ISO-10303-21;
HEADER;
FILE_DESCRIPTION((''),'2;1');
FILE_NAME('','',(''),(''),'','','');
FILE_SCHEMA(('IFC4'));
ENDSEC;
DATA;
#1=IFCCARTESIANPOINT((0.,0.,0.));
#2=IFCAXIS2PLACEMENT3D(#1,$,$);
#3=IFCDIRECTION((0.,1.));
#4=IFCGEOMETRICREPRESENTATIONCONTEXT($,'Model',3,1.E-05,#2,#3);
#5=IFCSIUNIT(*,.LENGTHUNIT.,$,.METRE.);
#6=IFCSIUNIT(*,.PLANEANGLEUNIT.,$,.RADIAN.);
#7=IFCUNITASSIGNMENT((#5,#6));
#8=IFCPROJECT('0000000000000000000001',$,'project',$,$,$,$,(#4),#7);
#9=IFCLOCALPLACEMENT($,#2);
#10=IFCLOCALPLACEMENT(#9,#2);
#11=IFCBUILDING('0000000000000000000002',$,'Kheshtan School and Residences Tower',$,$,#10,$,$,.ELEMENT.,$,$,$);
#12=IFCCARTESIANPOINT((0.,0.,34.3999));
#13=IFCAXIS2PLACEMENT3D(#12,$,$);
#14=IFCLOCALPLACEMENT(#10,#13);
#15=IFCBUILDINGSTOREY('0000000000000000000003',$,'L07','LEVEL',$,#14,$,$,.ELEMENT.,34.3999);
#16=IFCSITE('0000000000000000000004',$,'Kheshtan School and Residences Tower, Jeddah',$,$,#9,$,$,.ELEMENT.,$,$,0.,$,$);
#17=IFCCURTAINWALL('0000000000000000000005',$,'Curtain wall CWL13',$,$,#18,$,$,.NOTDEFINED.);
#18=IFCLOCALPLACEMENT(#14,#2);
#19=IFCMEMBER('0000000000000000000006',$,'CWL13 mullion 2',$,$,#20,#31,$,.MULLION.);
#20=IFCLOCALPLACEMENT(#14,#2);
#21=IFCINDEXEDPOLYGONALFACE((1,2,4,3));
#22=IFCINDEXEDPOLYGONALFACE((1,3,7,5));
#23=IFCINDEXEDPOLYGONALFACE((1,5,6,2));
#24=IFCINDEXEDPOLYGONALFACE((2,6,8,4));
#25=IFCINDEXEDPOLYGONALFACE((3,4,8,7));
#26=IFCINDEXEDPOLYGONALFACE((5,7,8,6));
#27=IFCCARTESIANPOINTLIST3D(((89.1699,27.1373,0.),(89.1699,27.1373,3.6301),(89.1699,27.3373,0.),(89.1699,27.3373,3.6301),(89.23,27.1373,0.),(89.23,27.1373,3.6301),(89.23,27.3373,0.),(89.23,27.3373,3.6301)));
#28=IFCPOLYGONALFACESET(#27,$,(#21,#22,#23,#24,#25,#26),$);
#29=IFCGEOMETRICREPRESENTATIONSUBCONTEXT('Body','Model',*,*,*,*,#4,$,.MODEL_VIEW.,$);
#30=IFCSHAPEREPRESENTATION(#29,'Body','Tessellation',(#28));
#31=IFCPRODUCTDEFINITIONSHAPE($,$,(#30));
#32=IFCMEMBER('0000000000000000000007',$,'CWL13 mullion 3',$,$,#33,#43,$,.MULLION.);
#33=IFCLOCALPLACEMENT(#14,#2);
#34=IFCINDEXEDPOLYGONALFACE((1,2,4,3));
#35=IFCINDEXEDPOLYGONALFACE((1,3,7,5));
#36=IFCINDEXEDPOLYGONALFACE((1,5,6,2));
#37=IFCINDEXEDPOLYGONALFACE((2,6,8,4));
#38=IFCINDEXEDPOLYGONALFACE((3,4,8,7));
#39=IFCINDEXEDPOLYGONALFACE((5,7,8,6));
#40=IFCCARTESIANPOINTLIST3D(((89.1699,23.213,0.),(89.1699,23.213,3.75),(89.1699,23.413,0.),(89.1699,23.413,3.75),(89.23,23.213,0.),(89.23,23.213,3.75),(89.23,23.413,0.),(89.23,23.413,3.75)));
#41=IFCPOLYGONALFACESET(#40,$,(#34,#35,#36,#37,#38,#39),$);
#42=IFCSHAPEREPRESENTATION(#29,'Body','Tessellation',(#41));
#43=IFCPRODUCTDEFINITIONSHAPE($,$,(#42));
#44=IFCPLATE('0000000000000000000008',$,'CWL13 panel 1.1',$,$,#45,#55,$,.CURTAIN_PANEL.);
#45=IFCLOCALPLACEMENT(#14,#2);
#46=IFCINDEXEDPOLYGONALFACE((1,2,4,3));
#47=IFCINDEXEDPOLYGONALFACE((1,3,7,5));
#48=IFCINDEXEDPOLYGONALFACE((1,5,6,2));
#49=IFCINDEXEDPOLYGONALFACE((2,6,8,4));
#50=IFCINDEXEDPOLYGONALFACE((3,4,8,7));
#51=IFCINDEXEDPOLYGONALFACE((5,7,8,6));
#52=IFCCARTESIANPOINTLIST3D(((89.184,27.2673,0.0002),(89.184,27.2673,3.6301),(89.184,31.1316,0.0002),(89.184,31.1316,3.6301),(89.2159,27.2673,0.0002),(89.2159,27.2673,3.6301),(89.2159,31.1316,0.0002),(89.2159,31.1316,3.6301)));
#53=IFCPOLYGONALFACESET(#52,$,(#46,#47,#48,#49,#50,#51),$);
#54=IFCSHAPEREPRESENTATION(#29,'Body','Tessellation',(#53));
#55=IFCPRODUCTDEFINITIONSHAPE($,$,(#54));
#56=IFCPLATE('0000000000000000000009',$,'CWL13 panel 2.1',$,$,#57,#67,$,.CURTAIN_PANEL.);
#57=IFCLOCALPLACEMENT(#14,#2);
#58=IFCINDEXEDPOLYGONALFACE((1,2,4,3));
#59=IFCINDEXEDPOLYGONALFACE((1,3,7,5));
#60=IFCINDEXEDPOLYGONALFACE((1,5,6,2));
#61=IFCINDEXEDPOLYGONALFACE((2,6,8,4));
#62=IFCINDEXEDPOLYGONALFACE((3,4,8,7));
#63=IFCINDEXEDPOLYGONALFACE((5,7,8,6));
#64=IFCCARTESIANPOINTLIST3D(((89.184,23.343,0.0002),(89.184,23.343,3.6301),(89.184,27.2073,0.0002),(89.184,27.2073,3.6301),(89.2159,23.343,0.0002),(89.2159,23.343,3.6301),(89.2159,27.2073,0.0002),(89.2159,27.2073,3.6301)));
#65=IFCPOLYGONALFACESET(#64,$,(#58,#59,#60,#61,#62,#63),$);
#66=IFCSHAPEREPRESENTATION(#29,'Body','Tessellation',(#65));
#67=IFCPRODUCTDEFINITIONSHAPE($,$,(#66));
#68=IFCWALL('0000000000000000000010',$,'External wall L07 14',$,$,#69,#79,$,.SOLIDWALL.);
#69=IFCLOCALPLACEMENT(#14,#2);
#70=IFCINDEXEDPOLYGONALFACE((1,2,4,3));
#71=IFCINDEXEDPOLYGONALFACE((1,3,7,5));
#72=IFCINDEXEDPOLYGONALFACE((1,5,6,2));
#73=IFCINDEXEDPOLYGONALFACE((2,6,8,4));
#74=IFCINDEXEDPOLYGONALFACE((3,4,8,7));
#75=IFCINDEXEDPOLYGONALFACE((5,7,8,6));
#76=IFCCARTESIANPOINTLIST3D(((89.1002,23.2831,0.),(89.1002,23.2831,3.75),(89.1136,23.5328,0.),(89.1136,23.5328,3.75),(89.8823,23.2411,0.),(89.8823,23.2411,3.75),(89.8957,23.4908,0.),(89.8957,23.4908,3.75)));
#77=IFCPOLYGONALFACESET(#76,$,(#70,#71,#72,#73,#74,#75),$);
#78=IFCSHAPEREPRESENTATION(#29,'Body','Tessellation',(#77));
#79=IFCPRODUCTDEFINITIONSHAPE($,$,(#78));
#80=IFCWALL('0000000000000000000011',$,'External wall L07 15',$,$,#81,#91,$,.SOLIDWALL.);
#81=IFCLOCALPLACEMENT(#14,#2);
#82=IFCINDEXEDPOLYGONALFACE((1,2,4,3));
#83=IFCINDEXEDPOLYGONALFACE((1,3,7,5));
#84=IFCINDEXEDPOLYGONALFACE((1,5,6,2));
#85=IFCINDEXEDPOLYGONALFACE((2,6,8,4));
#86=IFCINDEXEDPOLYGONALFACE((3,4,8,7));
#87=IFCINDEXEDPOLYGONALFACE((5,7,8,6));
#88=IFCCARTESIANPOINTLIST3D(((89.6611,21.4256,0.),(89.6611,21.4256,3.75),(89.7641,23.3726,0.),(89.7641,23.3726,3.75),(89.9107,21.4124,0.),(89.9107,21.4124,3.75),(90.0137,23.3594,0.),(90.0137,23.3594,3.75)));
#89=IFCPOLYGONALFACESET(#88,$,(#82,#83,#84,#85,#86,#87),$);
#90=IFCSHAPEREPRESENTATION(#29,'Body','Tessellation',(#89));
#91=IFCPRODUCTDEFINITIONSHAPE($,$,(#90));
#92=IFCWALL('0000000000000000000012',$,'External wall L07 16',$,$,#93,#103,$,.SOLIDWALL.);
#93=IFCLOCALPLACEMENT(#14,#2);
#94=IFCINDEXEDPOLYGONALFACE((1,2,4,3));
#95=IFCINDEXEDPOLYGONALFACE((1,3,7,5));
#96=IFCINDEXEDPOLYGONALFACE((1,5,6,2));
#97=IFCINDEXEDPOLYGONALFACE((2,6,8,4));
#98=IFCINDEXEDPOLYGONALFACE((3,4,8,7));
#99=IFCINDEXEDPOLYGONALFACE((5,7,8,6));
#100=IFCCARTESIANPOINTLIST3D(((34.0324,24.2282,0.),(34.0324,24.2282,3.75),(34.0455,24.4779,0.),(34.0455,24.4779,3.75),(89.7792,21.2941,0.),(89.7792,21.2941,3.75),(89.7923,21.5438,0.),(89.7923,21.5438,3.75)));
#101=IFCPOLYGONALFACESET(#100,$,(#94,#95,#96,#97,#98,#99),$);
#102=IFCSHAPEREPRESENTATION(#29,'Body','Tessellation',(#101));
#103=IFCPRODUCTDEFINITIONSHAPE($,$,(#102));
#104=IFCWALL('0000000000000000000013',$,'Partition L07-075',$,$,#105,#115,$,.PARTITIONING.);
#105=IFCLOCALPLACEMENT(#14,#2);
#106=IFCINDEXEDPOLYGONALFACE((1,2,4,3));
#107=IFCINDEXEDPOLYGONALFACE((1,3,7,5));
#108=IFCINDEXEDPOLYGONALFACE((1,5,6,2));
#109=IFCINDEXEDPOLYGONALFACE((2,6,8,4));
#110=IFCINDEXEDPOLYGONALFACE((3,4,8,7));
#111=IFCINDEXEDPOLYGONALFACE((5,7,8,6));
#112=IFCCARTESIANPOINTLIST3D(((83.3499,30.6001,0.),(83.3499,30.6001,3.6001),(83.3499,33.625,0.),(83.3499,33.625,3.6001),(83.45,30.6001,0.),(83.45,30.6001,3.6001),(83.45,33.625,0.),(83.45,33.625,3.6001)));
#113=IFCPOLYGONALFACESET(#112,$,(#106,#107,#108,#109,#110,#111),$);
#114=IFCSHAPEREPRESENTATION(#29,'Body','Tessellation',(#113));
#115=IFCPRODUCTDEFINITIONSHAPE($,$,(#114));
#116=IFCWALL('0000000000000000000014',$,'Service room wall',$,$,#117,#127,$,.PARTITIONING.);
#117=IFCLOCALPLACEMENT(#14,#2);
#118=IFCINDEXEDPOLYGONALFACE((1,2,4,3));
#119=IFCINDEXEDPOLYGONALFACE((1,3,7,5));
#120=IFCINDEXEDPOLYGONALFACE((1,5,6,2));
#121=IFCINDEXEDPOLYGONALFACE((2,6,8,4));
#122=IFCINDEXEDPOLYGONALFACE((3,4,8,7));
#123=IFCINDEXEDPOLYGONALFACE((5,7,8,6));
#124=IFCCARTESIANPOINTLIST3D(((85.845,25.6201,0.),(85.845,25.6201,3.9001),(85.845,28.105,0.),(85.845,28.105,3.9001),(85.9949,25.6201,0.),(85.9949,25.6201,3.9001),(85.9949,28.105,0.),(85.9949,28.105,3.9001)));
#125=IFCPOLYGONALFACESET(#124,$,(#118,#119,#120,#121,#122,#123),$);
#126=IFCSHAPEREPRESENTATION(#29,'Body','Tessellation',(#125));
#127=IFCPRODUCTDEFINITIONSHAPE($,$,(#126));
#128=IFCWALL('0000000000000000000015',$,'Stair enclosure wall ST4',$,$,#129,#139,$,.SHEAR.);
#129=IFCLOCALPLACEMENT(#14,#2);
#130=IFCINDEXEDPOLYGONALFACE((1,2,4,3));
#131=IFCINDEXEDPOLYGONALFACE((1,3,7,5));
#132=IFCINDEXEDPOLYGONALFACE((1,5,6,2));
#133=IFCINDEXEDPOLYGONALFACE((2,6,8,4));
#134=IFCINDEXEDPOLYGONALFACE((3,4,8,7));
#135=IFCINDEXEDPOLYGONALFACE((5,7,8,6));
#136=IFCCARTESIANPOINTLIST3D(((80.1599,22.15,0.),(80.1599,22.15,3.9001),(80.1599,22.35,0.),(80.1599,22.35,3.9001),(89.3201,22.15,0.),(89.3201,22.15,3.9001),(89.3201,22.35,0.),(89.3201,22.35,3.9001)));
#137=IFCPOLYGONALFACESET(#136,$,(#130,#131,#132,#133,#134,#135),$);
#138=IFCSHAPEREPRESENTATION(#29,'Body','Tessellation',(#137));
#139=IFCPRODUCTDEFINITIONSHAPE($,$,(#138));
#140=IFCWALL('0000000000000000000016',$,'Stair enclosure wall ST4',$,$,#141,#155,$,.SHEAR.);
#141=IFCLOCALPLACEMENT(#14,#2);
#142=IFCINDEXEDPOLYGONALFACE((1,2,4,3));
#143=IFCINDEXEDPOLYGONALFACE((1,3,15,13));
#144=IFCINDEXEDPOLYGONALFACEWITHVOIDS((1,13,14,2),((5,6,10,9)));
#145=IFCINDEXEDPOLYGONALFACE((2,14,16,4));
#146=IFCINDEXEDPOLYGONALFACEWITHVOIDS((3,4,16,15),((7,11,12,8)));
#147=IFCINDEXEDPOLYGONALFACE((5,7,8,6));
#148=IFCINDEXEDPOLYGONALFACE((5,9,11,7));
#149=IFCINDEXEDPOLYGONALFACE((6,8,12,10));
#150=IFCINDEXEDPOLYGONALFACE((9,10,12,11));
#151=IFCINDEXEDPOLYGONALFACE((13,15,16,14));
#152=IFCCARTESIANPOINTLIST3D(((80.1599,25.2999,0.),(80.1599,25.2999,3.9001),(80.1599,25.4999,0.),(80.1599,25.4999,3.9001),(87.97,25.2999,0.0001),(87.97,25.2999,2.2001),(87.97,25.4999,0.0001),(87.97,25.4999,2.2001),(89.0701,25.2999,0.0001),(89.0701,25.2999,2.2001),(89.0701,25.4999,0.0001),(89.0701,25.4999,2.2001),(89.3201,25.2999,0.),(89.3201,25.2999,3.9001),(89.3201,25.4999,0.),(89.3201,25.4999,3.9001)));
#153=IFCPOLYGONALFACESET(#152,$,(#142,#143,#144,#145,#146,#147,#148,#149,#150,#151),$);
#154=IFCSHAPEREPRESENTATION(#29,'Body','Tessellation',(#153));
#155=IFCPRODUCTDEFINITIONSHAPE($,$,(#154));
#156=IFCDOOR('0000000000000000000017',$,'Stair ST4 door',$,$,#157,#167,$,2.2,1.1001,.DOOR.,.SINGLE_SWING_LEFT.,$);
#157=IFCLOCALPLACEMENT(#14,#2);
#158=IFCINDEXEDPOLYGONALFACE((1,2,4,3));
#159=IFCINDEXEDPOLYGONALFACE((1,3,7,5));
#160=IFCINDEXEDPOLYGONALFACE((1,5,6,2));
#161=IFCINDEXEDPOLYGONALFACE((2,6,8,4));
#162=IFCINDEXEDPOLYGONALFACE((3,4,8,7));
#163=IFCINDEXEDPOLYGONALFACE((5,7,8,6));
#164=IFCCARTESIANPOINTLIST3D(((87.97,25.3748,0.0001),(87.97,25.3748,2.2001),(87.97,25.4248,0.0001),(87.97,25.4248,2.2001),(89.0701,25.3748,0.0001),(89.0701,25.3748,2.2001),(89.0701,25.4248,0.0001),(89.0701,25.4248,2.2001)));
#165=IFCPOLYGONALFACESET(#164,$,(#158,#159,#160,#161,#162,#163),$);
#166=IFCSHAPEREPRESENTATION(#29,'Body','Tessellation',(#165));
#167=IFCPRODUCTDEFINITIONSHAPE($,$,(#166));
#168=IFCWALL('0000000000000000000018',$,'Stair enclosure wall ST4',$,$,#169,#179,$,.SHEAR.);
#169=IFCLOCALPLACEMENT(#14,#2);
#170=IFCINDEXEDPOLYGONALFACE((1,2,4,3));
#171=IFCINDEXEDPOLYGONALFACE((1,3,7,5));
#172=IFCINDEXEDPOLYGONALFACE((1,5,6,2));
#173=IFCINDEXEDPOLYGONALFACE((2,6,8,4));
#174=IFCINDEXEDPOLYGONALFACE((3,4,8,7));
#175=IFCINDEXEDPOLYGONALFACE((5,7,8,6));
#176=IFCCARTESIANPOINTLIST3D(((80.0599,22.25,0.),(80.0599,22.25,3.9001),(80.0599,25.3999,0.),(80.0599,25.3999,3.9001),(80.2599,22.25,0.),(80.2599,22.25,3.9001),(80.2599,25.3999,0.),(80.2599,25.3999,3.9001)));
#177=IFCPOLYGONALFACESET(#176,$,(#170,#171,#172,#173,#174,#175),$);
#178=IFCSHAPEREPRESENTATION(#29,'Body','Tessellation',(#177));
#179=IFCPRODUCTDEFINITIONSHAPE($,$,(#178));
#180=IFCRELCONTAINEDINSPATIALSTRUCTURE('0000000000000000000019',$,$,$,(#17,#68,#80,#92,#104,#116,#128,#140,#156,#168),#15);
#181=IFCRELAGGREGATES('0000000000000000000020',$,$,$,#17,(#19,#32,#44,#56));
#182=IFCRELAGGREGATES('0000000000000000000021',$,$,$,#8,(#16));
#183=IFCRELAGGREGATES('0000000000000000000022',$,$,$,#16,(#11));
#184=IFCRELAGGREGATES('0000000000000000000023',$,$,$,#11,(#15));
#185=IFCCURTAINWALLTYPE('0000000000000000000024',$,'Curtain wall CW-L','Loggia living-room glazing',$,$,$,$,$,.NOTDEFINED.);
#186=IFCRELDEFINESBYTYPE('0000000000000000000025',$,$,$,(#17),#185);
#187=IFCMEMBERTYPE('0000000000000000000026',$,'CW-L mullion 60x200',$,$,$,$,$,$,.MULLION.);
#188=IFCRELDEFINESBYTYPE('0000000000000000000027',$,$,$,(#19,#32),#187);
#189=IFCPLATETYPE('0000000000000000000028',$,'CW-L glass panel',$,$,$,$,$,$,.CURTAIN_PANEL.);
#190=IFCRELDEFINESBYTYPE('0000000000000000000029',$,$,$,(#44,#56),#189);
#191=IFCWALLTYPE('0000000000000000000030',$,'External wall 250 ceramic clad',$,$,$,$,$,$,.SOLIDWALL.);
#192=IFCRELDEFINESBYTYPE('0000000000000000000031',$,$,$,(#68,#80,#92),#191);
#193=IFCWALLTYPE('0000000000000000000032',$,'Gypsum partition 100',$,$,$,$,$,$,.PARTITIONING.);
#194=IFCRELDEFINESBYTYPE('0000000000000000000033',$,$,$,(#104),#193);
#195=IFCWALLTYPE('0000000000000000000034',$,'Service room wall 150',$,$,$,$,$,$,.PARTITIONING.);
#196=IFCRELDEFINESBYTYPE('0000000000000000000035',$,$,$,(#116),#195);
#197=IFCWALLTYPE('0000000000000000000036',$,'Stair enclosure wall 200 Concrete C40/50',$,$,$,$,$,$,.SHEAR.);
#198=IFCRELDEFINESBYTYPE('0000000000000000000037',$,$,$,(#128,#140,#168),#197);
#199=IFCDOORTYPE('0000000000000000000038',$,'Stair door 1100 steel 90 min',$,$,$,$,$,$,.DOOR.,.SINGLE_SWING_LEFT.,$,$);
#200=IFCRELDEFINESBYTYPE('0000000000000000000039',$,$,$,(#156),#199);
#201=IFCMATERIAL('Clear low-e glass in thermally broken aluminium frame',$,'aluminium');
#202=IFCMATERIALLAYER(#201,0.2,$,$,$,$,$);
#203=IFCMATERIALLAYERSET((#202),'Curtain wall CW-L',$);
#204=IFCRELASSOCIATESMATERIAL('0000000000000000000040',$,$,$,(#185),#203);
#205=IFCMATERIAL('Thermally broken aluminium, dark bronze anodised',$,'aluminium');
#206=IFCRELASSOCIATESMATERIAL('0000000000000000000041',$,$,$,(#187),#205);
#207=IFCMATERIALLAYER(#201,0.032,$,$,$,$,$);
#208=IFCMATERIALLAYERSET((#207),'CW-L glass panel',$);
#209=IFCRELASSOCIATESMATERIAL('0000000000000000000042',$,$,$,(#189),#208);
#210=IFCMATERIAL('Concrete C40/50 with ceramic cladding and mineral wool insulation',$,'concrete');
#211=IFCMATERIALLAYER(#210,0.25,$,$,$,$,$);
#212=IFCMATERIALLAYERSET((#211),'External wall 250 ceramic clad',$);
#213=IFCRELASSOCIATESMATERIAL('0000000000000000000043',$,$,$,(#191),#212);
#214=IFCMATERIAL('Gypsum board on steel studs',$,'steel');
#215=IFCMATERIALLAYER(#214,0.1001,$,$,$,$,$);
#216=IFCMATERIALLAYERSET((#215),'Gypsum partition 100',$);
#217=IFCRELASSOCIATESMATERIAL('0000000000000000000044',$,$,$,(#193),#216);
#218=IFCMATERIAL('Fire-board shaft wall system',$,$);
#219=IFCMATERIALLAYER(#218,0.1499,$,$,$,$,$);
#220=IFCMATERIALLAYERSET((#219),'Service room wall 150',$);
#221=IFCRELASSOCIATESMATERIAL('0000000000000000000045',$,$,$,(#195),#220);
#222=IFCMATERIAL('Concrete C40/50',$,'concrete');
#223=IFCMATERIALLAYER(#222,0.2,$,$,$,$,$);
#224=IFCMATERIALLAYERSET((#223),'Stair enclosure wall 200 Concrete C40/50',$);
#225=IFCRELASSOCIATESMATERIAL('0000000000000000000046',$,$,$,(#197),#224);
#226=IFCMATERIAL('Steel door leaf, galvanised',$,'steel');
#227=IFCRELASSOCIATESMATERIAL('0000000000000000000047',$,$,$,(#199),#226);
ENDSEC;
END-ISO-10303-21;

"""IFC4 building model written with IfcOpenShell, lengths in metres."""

from ifc_helpers import new_model, si_unit, direction, frame, frame_2d, origin, origin_2d, place, context, subcontext, project, spatial, rectangle, extrude, source, transform, mapped, material, layer, layer_set, material_profile, profile_set, type_object, element, fill, aggregate, save


model = new_model("IFC4")

# Units and contexts
model_context = context("Model", 3, precision=1e-05, world=origin(), true_north=direction((0.0, 1.0)))
body_context = subcontext(model_context, "Body", "Model", "MODEL_VIEW")
ifc_project = project(units=[si_unit("LENGTHUNIT", "METRE"), si_unit("PLANEANGLEUNIT", "RADIAN")], contexts=[model_context])

# Site, building, storey
site_placement = place(None, origin())
site = spatial("IfcSite", under=ifc_project, at=site_placement, Name="Kheshtan School and Residences Tower, Jeddah", CompositionType="ELEMENT", RefElevation=0.0)
building_placement = place(site_placement, origin())
building = spatial("IfcBuilding", under=site, at=building_placement, Name="Kheshtan School and Residences Tower", CompositionType="ELEMENT")
storey_placement = place(building_placement, frame((0.0, 0.0, 34.3999)))
storey = spatial("IfcBuildingStorey", under=building, at=storey_placement, Name="L07", Description="LEVEL", CompositionType="ELEMENT", Elevation=34.3999)

# Curtain wall, members, plates
ifc_material_1 = material(Name="Clear low-e glass in thermally broken aluminium frame", Category="aluminium")
ifc_layer_1 = layer(ifc_material_1, 0.2)
ifc_layer_set_1 = layer_set([ifc_layer_1], Name="Curtain wall CW-L")
curtain_wall_type = type_object("IfcCurtainWallType", Name="Curtain wall CW-L", Description="Loggia living-room glazing", PredefinedType="NOTDEFINED", material=ifc_layer_set_1)
curtain_wall_placement = place(storey_placement, origin())
curtain_wall = element("IfcCurtainWall", 1, at=curtain_wall_placement, inside=storey, type_object=curtain_wall_type, Name="Curtain wall CWL13", PredefinedType="NOTDEFINED")
ifc_material_2 = material(Name="Thermally broken aluminium, dark bronze anodised", Category="aluminium")
ifc_material_profile_1 = material_profile(ifc_material_2, rectangle(XDim=0.0601, YDim=0.2, at=origin_2d()), Name="CW-L mullion 60x200")
ifc_profile_set_1 = profile_set([ifc_material_profile_1], Name="Thermally broken aluminium, dark bronze anodised")
member_type = type_object("IfcMemberType", Name="CW-L mullion 60x200", PredefinedType="MULLION", material=ifc_profile_set_1)
member_1_placement = place(storey_placement, frame((89.2, 27.2373, 0.0), z_axis=(0.0, 0.0, 1.0), x_axis=(1.0, 0.0, 0.0)))
member_1 = element("IfcMember", 2, at=member_1_placement, type_object=member_type, Name="CWL13 mullion 2", PredefinedType="MULLION", context=body_context, shape_type="SweptSolid", body=[
    extrude(rectangle(XDim=0.0601, YDim=0.2, at=origin_2d()), origin(), (0.0, 0.0, 1.0), 3.6301),
])
member_2_placement = place(storey_placement, frame((89.2, 23.313, 0.0), z_axis=(0.0, 0.0, 1.0), x_axis=(1.0, 0.0, 0.0)))
member_2 = element("IfcMember", 3, at=member_2_placement, type_object=member_type, Name="CWL13 mullion 3", PredefinedType="MULLION", context=body_context, shape_type="SweptSolid", body=[
    extrude(rectangle(XDim=0.0601, YDim=0.2, at=origin_2d()), origin(), (0.0, 0.0, 1.0), 3.75),
])
ifc_layer_2 = layer(ifc_material_1, 0.032)
ifc_layer_set_2 = layer_set([ifc_layer_2], Name="CW-L glass panel")
plate_type = type_object("IfcPlateType", Name="CW-L glass panel", PredefinedType="CURTAIN_PANEL", material=ifc_layer_set_2)
plate_1_placement = place(storey_placement, frame((89.2, 29.1995, 0.0002), z_axis=(0.0, 0.0, 1.0), x_axis=(0.0, -1.0, 0.0)))
plate_1 = element("IfcPlate", 4, at=plate_1_placement, type_object=plate_type, Name="CWL13 panel 1.1", PredefinedType="CURTAIN_PANEL", context=body_context, shape_type="SweptSolid", body=[
    extrude(rectangle(XDim=3.8643, YDim=0.032, at=origin_2d()), origin(), (0.0, 0.0, 1.0), 3.6299),
])
plate_2_placement = place(storey_placement, frame((89.2, 25.2751, 0.0002), z_axis=(0.0, 0.0, 1.0), x_axis=(0.0, -1.0, 0.0)))
plate_2 = element("IfcPlate", 5, at=plate_2_placement, type_object=plate_type, Name="CWL13 panel 2.1", PredefinedType="CURTAIN_PANEL", context=body_context, shape_type="SweptSolid", body=[
    extrude(rectangle(XDim=3.8643, YDim=0.032, at=origin_2d()), origin(), (0.0, 0.0, 1.0), 3.6299),
])
aggregate(curtain_wall, [member_1, member_2, plate_1, plate_2])

# Walls
ifc_material_3 = material(Name="Concrete C40/50 with ceramic cladding and mineral wool insulation", Category="concrete")
ifc_layer_3 = layer(ifc_material_3, 0.25)
ifc_layer_set_3 = layer_set([ifc_layer_3], Name="External wall 250 ceramic clad")
wall_type_1 = type_object("IfcWallType", Name="External wall 250 ceramic clad", PredefinedType="SOLIDWALL", material=ifc_layer_set_3)
wall_1_placement = place(storey_placement, frame((89.1069, 23.408, 0.0), z_axis=(0.0, 0.0, 1.0), x_axis=(0.998561, -0.053622, 0.0)))
element("IfcWall", 6, at=wall_1_placement, inside=storey, type_object=wall_type_1, Name="External wall L07 14", PredefinedType="SOLIDWALL", context=body_context, shape_type="SweptSolid", body=[
    extrude(rectangle(XDim=0.7832, YDim=0.25, at=frame_2d((0.3916, 0.0))), origin(), (0.0, 0.0, 1.0), 3.75),
])
wall_2_placement = place(storey_placement, frame((89.8889, 23.366, 0.0), z_axis=(0.0, 0.0, 1.0), x_axis=(-0.052841, -0.998603, 0.0)))
element("IfcWall", 7, at=wall_2_placement, inside=storey, type_object=wall_type_1, Name="External wall L07 15", PredefinedType="SOLIDWALL", context=body_context, shape_type="SweptSolid", body=[
    extrude(rectangle(XDim=1.9497, YDim=0.25, at=frame_2d((0.9749, 0.0))), origin(), (0.0, 0.0, 1.0), 3.75),
])
wall_3_placement = place(storey_placement, frame((89.7859, 21.4189, 0.0), z_axis=(0.0, 0.0, 1.0), x_axis=(-0.998618, 0.05256, 0.0)))
element("IfcWall", 8, at=wall_3_placement, inside=storey, type_object=wall_type_1, Name="External wall L07 16", PredefinedType="SOLIDWALL", context=body_context, shape_type="SweptSolid", body=[
    extrude(rectangle(XDim=55.824, YDim=0.25, at=frame_2d((27.9121, 0.0))), origin(), (0.0, 0.0, 1.0), 3.75),
])
ifc_material_4 = material(Name="Gypsum board on steel studs", Category="steel")
ifc_layer_4 = layer(ifc_material_4, 0.1001)
ifc_layer_set_4 = layer_set([ifc_layer_4], Name="Gypsum partition 100")
wall_type_2 = type_object("IfcWallType", Name="Gypsum partition 100", PredefinedType="PARTITIONING", material=ifc_layer_set_4)
wall_4_placement = place(storey_placement, frame((83.3999, 30.6001, 0.0), z_axis=(0.0, 0.0, 1.0), x_axis=(0.0, 1.0, 0.0)))
element("IfcWall", 9, at=wall_4_placement, inside=storey, type_object=wall_type_2, Name="Partition L07-075", PredefinedType="PARTITIONING", context=body_context, shape_type="SweptSolid", body=[
    extrude(rectangle(XDim=3.0249, YDim=0.1001, at=frame_2d((1.5125, 0.0))), origin(), (0.0, 0.0, 1.0), 3.6001),
])
ifc_material_5 = material(Name="Fire-board shaft wall system")
ifc_layer_5 = layer(ifc_material_5, 0.1499)
ifc_layer_set_5 = layer_set([ifc_layer_5], Name="Service room wall 150")
wall_type_3 = type_object("IfcWallType", Name="Service room wall 150", PredefinedType="PARTITIONING", material=ifc_layer_set_5)
wall_5_placement = place(storey_placement, frame((85.9199, 25.6201, 0.0), z_axis=(0.0, 0.0, 1.0), x_axis=(0.0, 1.0, 0.0)))
element("IfcWall", 10, at=wall_5_placement, inside=storey, type_object=wall_type_3, Name="Service room wall", PredefinedType="PARTITIONING", context=body_context, shape_type="SweptSolid", body=[
    extrude(rectangle(XDim=2.4849, YDim=0.1499, at=frame_2d((1.2424, 0.0))), origin(), (0.0, 0.0, 1.0), 3.9001),
])
ifc_material_6 = material(Name="Concrete C40/50", Category="concrete")
ifc_layer_6 = layer(ifc_material_6, 0.2)
ifc_layer_set_6 = layer_set([ifc_layer_6], Name="Stair enclosure wall 200 Concrete C40/50")
wall_type_4 = type_object("IfcWallType", Name="Stair enclosure wall 200 Concrete C40/50", PredefinedType="SHEAR", material=ifc_layer_set_6)
wall_6_placement = place(storey_placement, frame((80.1599, 22.25, 0.0), z_axis=(0.0, 0.0, 1.0), x_axis=(1.0, 0.0, 0.0)))
element("IfcWall", 11, at=wall_6_placement, inside=storey, type_object=wall_type_4, Name="Stair enclosure wall ST4", PredefinedType="SHEAR", context=body_context, shape_type="SweptSolid", body=[
    extrude(rectangle(XDim=9.1602, YDim=0.2, at=frame_2d((4.5801, 0.0))), origin(), (0.0, 0.0, 1.0), 3.9001),
])

# Wall, opening, door
wall_7_placement = place(storey_placement, frame((80.1599, 25.3999, 0.0), z_axis=(0.0, 0.0, 1.0), x_axis=(1.0, 0.0, 0.0)))
wall_7 = element("IfcWall", 12, at=wall_7_placement, inside=storey, type_object=wall_type_4, Name="Stair enclosure wall ST4", PredefinedType="SHEAR", context=body_context, shape_type="SweptSolid", body=[
    extrude(rectangle(XDim=9.1602, YDim=0.2, at=frame_2d((4.5801, 0.0))), origin(), (0.0, 0.0, 1.0), 3.9001),
])
opening_placement = place(wall_7_placement, frame((7.8101, 0.0, 0.0)))
opening = element("IfcOpeningElement", 13, at=opening_placement, cuts=wall_7, PredefinedType="OPENING", context=body_context, shape_type="SweptSolid", body=[
    extrude(rectangle(XDim=1.1001, YDim=2.2, at=frame_2d((0.55, 1.1001))), frame((0.0, 0.1099, 0.0), z_axis=(0.0, -1.0, 0.0), x_axis=(1.0, 0.0, 0.0)), (0.0, 0.0, 1.0), 0.22),
])
ifc_material_7 = material(Name="Steel door leaf, galvanised", Category="steel")
door_type = type_object("IfcDoorType", Name="Stair door 1100 steel 90 min", OperationType="SINGLE_SWING_LEFT", PredefinedType="DOOR", material=ifc_material_7)
shared_shape = source(origin(), body_context, "Body", "SweptSolid", [
    extrude(rectangle(XDim=1.1001, YDim=2.2, at=frame_2d((0.55, 1.1001))), frame((0.0, 0.0249, 0.0), z_axis=(0.0, -1.0, 0.0), x_axis=(1.0, 0.0, 0.0)), (0.0, 0.0, 1.0), 0.05),
])
door_placement = place(opening_placement, origin())
door = element("IfcDoor", 14, at=door_placement, inside=storey, type_object=door_type, Name="Stair ST4 door", OperationType="SINGLE_SWING_LEFT", OverallHeight=2.2, OverallWidth=1.1001, PredefinedType="DOOR", context=body_context, shape_type="MappedRepresentation", body=[
    mapped(shared_shape, transform((0.0, 0.0, 0.0), x_axis=(1.0, 0.0, 0.0), y_axis=(0.0, 1.0, 0.0), z_axis=(0.0, 0.0, 1.0), scale=1.0)),
])
fill(opening, door)

# Wall
for number, where, z_axis, x_axis, name in (
    (15, (80.1599, 22.25, 0.0), (0.0, 0.0, 1.0), (0.0, 1.0, 0.0), "Stair enclosure wall ST4"),
):
    element("IfcWall", number, at=place(storey_placement, frame(where, z_axis=z_axis, x_axis=x_axis)), inside=storey, type_object=wall_type_4, Name=name, PredefinedType="SHEAR", context=body_context, shape_type="SweptSolid", body=[
        extrude(rectangle(XDim=3.1499, YDim=0.2, at=frame_2d((1.575, 0.0))), origin(), (0.0, 0.0, 1.0), 3.9001),
    ])

save(model, "model.ifc")
